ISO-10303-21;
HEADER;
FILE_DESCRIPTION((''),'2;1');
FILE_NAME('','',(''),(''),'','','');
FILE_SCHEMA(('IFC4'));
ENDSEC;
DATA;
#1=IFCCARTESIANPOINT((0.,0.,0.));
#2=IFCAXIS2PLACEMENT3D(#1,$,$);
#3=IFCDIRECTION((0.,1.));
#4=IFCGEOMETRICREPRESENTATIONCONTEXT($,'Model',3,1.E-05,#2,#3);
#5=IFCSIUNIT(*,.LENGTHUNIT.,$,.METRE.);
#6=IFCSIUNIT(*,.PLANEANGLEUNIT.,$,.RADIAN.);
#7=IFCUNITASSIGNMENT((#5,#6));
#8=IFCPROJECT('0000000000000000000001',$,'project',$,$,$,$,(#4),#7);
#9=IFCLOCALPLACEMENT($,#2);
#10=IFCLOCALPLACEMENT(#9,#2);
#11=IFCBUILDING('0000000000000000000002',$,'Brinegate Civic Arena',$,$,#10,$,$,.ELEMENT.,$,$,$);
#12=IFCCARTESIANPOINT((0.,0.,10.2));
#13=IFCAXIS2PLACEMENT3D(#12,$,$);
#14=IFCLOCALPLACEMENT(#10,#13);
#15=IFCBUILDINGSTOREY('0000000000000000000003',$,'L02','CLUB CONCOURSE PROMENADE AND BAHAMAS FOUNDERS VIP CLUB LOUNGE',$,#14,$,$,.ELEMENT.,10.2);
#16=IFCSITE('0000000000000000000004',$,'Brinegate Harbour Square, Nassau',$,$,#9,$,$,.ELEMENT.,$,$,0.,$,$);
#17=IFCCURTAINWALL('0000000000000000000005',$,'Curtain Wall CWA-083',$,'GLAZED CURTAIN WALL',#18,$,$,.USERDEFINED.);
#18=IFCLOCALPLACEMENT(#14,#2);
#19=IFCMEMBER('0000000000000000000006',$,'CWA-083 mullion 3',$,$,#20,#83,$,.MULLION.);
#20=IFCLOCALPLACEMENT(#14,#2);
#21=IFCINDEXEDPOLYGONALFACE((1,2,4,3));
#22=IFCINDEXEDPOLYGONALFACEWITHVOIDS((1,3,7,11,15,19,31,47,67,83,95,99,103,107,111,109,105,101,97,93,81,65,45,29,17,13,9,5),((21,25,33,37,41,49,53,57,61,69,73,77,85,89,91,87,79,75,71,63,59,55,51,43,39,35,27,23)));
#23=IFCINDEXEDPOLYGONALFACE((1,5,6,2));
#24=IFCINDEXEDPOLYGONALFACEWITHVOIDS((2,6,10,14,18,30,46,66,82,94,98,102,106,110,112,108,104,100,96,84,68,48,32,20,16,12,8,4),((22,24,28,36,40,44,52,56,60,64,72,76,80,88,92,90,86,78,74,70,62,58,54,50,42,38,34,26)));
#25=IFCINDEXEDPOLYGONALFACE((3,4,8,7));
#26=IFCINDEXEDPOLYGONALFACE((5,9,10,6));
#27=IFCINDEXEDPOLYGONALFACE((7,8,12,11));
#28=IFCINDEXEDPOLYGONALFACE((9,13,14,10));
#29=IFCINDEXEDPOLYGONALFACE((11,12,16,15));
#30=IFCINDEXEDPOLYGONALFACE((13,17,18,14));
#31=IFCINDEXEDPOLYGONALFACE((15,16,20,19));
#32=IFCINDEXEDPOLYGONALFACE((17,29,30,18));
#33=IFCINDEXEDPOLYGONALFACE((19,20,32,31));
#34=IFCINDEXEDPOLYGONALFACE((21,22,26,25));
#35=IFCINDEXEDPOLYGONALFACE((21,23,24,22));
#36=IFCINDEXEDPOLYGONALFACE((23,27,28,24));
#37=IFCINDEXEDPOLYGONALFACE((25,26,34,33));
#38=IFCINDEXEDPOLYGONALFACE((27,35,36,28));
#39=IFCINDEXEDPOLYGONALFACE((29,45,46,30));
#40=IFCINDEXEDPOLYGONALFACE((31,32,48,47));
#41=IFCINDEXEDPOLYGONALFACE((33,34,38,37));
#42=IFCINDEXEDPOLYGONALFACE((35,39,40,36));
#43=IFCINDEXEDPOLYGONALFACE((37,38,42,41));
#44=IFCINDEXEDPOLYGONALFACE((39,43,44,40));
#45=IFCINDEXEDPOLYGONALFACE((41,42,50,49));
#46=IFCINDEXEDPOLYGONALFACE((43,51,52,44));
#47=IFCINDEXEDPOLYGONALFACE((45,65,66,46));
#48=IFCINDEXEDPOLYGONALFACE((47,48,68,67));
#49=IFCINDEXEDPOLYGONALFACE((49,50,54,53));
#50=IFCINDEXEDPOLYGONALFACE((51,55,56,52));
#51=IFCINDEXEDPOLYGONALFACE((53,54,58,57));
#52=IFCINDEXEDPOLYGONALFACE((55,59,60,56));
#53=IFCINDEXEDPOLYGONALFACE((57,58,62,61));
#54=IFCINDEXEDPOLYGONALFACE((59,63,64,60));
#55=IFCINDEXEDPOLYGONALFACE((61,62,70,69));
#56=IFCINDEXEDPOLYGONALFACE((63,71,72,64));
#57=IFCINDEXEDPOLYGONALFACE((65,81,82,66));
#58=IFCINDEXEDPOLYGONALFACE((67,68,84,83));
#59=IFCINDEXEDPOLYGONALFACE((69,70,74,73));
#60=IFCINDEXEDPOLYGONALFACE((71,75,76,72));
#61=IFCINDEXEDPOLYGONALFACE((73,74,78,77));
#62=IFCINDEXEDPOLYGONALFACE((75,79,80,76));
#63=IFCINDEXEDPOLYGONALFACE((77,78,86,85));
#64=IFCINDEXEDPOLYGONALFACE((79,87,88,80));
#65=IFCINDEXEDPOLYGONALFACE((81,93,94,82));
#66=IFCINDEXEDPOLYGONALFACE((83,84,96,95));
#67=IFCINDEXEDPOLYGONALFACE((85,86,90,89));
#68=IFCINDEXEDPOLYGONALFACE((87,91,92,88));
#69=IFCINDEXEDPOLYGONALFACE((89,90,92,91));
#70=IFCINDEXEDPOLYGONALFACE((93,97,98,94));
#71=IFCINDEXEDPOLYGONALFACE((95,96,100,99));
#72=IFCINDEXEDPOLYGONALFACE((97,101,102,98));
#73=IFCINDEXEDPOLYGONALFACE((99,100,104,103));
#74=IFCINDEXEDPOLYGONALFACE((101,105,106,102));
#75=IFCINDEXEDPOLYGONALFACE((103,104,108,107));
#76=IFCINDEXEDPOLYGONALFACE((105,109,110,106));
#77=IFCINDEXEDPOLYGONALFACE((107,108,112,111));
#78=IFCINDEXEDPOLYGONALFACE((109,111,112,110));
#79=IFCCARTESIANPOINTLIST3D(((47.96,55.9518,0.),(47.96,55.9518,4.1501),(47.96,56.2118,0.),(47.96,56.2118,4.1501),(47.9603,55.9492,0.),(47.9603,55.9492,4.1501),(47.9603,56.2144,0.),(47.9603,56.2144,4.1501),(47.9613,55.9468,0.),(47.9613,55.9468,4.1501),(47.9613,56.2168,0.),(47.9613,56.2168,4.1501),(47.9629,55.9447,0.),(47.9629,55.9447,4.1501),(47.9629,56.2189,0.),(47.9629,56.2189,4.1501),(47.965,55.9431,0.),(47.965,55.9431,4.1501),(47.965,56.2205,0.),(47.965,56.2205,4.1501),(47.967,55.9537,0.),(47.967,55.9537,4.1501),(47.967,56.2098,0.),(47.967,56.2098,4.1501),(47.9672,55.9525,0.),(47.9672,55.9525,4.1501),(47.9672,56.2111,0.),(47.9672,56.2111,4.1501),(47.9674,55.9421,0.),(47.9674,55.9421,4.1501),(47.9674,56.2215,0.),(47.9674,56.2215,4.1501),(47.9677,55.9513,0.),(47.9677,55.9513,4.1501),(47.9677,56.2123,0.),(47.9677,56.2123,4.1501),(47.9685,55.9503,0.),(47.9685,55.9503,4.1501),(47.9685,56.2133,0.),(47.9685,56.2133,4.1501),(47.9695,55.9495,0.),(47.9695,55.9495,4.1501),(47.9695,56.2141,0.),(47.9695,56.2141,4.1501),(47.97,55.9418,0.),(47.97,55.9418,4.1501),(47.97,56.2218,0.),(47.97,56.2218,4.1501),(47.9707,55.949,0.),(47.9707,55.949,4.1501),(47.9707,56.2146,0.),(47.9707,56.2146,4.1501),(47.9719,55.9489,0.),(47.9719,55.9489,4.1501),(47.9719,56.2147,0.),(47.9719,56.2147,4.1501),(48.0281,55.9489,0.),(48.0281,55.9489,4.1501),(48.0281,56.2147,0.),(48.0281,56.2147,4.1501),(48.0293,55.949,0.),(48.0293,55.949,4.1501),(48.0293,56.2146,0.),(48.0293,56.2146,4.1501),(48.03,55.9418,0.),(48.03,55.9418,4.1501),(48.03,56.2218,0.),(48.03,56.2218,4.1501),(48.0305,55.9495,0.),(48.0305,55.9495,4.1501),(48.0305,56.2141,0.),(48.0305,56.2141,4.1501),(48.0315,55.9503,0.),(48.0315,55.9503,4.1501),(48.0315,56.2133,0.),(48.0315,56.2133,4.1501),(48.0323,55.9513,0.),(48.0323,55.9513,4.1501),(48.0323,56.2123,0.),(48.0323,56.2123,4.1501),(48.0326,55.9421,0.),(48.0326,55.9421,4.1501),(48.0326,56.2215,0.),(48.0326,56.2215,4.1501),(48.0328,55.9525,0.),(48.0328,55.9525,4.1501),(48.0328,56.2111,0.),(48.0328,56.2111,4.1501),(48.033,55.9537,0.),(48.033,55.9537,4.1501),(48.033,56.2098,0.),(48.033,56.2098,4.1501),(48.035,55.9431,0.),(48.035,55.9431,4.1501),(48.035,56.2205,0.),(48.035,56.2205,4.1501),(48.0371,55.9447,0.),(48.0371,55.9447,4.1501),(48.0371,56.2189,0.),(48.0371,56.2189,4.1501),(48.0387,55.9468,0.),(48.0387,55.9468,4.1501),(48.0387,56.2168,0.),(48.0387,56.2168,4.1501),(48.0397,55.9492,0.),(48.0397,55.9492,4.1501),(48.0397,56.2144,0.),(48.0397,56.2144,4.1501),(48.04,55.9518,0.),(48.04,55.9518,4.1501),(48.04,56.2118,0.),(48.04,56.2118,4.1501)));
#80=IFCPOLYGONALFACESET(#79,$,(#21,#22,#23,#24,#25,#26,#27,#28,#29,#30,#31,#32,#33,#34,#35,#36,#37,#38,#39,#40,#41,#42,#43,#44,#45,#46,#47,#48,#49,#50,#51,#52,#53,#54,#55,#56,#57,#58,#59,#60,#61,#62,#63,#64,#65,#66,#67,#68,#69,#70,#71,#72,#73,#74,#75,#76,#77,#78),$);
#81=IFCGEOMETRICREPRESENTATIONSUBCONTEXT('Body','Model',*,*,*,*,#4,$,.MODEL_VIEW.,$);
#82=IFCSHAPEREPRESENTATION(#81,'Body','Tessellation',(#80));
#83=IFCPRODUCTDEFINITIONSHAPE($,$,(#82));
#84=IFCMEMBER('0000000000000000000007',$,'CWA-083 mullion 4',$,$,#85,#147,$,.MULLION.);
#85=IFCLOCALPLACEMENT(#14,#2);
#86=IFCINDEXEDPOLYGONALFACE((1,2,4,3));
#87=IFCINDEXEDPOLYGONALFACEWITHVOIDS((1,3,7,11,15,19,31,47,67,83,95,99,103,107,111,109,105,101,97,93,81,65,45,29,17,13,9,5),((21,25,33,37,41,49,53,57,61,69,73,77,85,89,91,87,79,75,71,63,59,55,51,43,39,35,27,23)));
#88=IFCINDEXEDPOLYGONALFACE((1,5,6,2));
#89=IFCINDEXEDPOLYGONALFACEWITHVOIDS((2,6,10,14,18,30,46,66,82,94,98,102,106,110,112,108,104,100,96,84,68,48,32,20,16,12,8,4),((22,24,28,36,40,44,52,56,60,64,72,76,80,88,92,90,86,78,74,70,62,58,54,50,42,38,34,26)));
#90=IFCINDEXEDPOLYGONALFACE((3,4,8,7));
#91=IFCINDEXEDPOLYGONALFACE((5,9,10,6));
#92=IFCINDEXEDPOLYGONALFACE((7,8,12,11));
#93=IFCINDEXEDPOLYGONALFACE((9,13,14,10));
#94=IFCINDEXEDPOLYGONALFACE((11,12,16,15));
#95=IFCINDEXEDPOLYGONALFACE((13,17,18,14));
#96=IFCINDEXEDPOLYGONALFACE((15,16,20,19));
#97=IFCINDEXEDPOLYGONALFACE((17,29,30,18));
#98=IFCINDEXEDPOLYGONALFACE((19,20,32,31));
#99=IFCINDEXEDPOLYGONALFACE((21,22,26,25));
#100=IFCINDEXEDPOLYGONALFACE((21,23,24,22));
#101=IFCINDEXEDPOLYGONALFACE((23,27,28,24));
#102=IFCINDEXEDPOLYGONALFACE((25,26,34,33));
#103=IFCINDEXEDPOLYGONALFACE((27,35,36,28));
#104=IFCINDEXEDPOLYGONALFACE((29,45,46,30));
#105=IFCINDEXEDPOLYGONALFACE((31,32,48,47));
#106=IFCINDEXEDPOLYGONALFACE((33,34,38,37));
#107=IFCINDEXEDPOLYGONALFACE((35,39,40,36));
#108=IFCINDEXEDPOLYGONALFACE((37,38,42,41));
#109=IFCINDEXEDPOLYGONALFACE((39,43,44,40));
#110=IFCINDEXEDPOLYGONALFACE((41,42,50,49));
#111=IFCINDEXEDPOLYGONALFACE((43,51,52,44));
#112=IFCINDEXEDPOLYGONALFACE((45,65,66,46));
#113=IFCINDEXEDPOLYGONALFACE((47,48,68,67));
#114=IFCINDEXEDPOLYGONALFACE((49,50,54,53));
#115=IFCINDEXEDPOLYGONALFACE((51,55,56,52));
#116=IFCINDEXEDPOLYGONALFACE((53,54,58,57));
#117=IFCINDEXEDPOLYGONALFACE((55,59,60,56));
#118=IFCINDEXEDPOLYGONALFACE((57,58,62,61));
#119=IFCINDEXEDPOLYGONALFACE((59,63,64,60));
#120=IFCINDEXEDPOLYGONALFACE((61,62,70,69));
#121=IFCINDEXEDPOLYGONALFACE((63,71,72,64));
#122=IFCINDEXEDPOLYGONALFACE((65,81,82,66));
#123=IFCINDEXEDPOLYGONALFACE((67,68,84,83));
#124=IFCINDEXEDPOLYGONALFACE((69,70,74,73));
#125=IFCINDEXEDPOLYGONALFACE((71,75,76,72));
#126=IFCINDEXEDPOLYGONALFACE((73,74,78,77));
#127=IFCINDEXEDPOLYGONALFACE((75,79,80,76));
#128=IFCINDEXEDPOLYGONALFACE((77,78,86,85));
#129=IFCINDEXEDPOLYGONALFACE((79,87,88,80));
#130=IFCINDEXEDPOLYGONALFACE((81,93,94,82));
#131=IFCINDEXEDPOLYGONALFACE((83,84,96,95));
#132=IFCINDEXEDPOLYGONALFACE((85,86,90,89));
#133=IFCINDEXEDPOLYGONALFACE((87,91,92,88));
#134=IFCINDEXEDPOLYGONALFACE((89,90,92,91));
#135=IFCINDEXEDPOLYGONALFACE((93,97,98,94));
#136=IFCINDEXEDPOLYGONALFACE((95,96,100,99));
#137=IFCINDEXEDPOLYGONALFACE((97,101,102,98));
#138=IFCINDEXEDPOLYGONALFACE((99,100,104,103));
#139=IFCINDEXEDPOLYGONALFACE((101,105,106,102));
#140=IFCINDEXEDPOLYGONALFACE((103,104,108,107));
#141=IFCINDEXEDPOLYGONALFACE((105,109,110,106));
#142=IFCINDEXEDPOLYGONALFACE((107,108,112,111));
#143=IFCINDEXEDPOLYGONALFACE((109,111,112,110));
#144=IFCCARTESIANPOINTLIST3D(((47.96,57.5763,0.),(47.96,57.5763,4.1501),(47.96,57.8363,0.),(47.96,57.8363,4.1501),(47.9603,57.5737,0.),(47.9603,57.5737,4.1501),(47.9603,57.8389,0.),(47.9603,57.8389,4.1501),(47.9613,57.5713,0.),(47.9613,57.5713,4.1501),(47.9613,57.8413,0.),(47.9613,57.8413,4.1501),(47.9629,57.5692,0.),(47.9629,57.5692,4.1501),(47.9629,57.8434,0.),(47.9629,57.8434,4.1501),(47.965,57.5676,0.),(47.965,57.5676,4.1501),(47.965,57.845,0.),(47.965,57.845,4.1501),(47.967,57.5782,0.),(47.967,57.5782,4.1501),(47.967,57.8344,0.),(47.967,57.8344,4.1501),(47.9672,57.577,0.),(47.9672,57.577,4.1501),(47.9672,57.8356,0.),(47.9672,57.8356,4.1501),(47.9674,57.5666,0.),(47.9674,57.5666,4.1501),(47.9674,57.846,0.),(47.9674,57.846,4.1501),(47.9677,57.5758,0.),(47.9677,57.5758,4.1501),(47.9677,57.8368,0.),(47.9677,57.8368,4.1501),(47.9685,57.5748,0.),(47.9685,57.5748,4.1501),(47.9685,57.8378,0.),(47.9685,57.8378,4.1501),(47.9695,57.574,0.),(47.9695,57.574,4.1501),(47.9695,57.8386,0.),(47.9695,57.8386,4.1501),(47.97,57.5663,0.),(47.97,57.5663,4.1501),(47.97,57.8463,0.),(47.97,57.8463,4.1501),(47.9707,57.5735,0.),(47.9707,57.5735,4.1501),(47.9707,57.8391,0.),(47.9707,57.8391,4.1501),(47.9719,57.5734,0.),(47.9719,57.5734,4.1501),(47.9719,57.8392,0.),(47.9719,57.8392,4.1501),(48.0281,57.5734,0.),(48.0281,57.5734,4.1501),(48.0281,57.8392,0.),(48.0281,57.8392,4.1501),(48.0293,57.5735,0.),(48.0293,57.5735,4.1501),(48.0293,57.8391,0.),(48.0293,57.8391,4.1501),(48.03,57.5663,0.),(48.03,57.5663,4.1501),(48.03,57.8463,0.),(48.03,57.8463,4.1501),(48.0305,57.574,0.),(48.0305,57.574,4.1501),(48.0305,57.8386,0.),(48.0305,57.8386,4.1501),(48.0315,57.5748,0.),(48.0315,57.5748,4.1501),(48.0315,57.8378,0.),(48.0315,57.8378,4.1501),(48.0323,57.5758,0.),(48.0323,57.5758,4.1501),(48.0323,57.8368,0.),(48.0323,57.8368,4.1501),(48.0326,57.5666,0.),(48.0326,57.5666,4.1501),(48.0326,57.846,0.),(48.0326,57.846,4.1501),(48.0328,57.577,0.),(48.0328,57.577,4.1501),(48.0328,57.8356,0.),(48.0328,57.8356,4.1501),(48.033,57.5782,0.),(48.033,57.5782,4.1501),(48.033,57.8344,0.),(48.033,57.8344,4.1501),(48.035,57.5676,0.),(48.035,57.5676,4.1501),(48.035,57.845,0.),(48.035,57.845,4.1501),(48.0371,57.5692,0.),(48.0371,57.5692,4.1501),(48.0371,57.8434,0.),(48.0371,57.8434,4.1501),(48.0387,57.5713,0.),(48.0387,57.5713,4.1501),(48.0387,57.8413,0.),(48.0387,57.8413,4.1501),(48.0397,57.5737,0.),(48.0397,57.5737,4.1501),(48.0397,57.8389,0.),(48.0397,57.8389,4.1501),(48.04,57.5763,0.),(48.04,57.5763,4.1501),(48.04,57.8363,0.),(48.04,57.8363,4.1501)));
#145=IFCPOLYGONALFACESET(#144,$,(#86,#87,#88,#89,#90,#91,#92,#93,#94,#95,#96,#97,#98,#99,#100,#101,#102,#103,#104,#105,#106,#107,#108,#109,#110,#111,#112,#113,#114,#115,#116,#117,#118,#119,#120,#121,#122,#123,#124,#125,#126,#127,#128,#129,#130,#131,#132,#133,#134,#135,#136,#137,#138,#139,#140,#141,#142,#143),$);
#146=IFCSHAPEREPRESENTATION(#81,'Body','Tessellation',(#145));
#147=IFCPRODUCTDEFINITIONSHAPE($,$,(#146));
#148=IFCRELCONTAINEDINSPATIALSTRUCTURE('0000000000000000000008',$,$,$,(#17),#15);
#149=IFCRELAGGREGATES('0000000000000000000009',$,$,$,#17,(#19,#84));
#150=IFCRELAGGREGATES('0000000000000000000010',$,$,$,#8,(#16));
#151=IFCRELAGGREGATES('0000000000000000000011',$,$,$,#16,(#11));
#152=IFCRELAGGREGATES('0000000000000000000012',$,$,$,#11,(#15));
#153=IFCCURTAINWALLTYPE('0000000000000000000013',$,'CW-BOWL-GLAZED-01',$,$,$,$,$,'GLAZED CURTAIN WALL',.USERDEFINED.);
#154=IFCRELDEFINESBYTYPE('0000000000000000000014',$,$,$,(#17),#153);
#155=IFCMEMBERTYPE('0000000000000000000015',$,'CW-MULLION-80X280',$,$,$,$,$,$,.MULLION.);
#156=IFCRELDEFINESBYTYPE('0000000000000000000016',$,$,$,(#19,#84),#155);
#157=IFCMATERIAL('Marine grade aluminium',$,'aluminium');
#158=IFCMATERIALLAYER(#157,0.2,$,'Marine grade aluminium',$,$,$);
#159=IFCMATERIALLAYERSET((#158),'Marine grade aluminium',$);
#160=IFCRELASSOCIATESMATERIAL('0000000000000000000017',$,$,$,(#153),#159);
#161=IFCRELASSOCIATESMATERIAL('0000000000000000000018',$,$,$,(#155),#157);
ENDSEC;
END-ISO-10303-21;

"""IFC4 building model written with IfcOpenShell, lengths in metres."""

from ifc_helpers import new_model, si_unit, direction, frame, origin, origin_2d, place, context, subcontext, project, spatial, hollow_rectangle, extrude, material, layer, layer_set, material_profile, profile_set, type_object, element, aggregate, save


model = new_model("IFC4")

# Units and contexts
model_context = context("Model", 3, precision=1e-05, world=origin(), true_north=direction((0.0, 1.0)))
body_context = subcontext(model_context, "Body", "Model", "MODEL_VIEW")
ifc_project = project(units=[si_unit("LENGTHUNIT", "METRE"), si_unit("PLANEANGLEUNIT", "RADIAN")], contexts=[model_context])

# Site, building, storey
site_placement = place(None, origin())
site = spatial("IfcSite", under=ifc_project, at=site_placement, Name="Brinegate Harbour Square, Nassau", CompositionType="ELEMENT", RefElevation=0.0)
building_placement = place(site_placement, origin())
building = spatial("IfcBuilding", under=site, at=building_placement, Name="Brinegate Civic Arena", CompositionType="ELEMENT")
storey_placement = place(building_placement, frame((0.0, 0.0, 10.2)))
storey = spatial("IfcBuildingStorey", under=building, at=storey_placement, Name="L02", Description="CLUB CONCOURSE PROMENADE AND BAHAMAS FOUNDERS VIP CLUB LOUNGE", CompositionType="ELEMENT", Elevation=10.2)

# Curtain wall, members
ifc_material_1 = material(Name="Marine grade aluminium", Category="aluminium")
ifc_layer_1 = layer(ifc_material_1, 0.2, Name="Marine grade aluminium")
ifc_layer_set_1 = layer_set([ifc_layer_1], Name="Marine grade aluminium")
curtain_wall_type_1 = type_object("IfcCurtainWallType", Name="CW-BOWL-GLAZED-01", ElementType="GLAZED CURTAIN WALL", PredefinedType="USERDEFINED", material=ifc_layer_set_1)
curtain_wall_1_placement = place(storey_placement, origin())
curtain_wall_1 = element("IfcCurtainWall", 1, at=curtain_wall_1_placement, inside=storey, type_object=curtain_wall_type_1, Name="Curtain Wall CWA-083", ObjectType="GLAZED CURTAIN WALL", PredefinedType="USERDEFINED")
ifc_material_profile_1 = material_profile(ifc_material_1, hollow_rectangle(XDim=0.0801, YDim=0.28, WallThickness=0.0071, InnerFilletRadius=0.0049, OuterFilletRadius=0.01, at=origin_2d()), Name="MUL80X280")
ifc_profile_set_1 = profile_set([ifc_material_profile_1], Name="Marine grade aluminium")
member_type_1 = type_object("IfcMemberType", Name="CW-MULLION-80X280", PredefinedType="MULLION", material=ifc_profile_set_1)
member_1_placement = place(storey_placement, frame((48.0, 56.0818, 0.0), z_axis=(0.0, 0.0, 1.0), x_axis=(-1.0, 0.0, 0.0)))
member_1 = element("IfcMember", 2, at=member_1_placement, type_object=member_type_1, Name="CWA-083 mullion 3", PredefinedType="MULLION", context=body_context, shape_type="SweptSolid", body=[
    extrude(hollow_rectangle(XDim=0.0801, YDim=0.28, WallThickness=0.0071, InnerFilletRadius=0.0049, OuterFilletRadius=0.01, at=origin_2d()), origin(), (0.0, 0.0, 1.0), 4.1501),
])
member_2_placement = place(storey_placement, frame((48.0, 57.7063, 0.0), z_axis=(0.0, 0.0, 1.0), x_axis=(-1.0, 0.0, 0.0)))
member_2 = element("IfcMember", 3, at=member_2_placement, type_object=member_type_1, Name="CWA-083 mullion 4", PredefinedType="MULLION", context=body_context, shape_type="SweptSolid", body=[
    extrude(hollow_rectangle(XDim=0.0801, YDim=0.28, WallThickness=0.0071, InnerFilletRadius=0.0049, OuterFilletRadius=0.01, at=origin_2d()), origin(), (0.0, 0.0, 1.0), 4.1501),
])

aggregate(curtain_wall_1, [member_1, member_2])

save(model, "model.ifc")
